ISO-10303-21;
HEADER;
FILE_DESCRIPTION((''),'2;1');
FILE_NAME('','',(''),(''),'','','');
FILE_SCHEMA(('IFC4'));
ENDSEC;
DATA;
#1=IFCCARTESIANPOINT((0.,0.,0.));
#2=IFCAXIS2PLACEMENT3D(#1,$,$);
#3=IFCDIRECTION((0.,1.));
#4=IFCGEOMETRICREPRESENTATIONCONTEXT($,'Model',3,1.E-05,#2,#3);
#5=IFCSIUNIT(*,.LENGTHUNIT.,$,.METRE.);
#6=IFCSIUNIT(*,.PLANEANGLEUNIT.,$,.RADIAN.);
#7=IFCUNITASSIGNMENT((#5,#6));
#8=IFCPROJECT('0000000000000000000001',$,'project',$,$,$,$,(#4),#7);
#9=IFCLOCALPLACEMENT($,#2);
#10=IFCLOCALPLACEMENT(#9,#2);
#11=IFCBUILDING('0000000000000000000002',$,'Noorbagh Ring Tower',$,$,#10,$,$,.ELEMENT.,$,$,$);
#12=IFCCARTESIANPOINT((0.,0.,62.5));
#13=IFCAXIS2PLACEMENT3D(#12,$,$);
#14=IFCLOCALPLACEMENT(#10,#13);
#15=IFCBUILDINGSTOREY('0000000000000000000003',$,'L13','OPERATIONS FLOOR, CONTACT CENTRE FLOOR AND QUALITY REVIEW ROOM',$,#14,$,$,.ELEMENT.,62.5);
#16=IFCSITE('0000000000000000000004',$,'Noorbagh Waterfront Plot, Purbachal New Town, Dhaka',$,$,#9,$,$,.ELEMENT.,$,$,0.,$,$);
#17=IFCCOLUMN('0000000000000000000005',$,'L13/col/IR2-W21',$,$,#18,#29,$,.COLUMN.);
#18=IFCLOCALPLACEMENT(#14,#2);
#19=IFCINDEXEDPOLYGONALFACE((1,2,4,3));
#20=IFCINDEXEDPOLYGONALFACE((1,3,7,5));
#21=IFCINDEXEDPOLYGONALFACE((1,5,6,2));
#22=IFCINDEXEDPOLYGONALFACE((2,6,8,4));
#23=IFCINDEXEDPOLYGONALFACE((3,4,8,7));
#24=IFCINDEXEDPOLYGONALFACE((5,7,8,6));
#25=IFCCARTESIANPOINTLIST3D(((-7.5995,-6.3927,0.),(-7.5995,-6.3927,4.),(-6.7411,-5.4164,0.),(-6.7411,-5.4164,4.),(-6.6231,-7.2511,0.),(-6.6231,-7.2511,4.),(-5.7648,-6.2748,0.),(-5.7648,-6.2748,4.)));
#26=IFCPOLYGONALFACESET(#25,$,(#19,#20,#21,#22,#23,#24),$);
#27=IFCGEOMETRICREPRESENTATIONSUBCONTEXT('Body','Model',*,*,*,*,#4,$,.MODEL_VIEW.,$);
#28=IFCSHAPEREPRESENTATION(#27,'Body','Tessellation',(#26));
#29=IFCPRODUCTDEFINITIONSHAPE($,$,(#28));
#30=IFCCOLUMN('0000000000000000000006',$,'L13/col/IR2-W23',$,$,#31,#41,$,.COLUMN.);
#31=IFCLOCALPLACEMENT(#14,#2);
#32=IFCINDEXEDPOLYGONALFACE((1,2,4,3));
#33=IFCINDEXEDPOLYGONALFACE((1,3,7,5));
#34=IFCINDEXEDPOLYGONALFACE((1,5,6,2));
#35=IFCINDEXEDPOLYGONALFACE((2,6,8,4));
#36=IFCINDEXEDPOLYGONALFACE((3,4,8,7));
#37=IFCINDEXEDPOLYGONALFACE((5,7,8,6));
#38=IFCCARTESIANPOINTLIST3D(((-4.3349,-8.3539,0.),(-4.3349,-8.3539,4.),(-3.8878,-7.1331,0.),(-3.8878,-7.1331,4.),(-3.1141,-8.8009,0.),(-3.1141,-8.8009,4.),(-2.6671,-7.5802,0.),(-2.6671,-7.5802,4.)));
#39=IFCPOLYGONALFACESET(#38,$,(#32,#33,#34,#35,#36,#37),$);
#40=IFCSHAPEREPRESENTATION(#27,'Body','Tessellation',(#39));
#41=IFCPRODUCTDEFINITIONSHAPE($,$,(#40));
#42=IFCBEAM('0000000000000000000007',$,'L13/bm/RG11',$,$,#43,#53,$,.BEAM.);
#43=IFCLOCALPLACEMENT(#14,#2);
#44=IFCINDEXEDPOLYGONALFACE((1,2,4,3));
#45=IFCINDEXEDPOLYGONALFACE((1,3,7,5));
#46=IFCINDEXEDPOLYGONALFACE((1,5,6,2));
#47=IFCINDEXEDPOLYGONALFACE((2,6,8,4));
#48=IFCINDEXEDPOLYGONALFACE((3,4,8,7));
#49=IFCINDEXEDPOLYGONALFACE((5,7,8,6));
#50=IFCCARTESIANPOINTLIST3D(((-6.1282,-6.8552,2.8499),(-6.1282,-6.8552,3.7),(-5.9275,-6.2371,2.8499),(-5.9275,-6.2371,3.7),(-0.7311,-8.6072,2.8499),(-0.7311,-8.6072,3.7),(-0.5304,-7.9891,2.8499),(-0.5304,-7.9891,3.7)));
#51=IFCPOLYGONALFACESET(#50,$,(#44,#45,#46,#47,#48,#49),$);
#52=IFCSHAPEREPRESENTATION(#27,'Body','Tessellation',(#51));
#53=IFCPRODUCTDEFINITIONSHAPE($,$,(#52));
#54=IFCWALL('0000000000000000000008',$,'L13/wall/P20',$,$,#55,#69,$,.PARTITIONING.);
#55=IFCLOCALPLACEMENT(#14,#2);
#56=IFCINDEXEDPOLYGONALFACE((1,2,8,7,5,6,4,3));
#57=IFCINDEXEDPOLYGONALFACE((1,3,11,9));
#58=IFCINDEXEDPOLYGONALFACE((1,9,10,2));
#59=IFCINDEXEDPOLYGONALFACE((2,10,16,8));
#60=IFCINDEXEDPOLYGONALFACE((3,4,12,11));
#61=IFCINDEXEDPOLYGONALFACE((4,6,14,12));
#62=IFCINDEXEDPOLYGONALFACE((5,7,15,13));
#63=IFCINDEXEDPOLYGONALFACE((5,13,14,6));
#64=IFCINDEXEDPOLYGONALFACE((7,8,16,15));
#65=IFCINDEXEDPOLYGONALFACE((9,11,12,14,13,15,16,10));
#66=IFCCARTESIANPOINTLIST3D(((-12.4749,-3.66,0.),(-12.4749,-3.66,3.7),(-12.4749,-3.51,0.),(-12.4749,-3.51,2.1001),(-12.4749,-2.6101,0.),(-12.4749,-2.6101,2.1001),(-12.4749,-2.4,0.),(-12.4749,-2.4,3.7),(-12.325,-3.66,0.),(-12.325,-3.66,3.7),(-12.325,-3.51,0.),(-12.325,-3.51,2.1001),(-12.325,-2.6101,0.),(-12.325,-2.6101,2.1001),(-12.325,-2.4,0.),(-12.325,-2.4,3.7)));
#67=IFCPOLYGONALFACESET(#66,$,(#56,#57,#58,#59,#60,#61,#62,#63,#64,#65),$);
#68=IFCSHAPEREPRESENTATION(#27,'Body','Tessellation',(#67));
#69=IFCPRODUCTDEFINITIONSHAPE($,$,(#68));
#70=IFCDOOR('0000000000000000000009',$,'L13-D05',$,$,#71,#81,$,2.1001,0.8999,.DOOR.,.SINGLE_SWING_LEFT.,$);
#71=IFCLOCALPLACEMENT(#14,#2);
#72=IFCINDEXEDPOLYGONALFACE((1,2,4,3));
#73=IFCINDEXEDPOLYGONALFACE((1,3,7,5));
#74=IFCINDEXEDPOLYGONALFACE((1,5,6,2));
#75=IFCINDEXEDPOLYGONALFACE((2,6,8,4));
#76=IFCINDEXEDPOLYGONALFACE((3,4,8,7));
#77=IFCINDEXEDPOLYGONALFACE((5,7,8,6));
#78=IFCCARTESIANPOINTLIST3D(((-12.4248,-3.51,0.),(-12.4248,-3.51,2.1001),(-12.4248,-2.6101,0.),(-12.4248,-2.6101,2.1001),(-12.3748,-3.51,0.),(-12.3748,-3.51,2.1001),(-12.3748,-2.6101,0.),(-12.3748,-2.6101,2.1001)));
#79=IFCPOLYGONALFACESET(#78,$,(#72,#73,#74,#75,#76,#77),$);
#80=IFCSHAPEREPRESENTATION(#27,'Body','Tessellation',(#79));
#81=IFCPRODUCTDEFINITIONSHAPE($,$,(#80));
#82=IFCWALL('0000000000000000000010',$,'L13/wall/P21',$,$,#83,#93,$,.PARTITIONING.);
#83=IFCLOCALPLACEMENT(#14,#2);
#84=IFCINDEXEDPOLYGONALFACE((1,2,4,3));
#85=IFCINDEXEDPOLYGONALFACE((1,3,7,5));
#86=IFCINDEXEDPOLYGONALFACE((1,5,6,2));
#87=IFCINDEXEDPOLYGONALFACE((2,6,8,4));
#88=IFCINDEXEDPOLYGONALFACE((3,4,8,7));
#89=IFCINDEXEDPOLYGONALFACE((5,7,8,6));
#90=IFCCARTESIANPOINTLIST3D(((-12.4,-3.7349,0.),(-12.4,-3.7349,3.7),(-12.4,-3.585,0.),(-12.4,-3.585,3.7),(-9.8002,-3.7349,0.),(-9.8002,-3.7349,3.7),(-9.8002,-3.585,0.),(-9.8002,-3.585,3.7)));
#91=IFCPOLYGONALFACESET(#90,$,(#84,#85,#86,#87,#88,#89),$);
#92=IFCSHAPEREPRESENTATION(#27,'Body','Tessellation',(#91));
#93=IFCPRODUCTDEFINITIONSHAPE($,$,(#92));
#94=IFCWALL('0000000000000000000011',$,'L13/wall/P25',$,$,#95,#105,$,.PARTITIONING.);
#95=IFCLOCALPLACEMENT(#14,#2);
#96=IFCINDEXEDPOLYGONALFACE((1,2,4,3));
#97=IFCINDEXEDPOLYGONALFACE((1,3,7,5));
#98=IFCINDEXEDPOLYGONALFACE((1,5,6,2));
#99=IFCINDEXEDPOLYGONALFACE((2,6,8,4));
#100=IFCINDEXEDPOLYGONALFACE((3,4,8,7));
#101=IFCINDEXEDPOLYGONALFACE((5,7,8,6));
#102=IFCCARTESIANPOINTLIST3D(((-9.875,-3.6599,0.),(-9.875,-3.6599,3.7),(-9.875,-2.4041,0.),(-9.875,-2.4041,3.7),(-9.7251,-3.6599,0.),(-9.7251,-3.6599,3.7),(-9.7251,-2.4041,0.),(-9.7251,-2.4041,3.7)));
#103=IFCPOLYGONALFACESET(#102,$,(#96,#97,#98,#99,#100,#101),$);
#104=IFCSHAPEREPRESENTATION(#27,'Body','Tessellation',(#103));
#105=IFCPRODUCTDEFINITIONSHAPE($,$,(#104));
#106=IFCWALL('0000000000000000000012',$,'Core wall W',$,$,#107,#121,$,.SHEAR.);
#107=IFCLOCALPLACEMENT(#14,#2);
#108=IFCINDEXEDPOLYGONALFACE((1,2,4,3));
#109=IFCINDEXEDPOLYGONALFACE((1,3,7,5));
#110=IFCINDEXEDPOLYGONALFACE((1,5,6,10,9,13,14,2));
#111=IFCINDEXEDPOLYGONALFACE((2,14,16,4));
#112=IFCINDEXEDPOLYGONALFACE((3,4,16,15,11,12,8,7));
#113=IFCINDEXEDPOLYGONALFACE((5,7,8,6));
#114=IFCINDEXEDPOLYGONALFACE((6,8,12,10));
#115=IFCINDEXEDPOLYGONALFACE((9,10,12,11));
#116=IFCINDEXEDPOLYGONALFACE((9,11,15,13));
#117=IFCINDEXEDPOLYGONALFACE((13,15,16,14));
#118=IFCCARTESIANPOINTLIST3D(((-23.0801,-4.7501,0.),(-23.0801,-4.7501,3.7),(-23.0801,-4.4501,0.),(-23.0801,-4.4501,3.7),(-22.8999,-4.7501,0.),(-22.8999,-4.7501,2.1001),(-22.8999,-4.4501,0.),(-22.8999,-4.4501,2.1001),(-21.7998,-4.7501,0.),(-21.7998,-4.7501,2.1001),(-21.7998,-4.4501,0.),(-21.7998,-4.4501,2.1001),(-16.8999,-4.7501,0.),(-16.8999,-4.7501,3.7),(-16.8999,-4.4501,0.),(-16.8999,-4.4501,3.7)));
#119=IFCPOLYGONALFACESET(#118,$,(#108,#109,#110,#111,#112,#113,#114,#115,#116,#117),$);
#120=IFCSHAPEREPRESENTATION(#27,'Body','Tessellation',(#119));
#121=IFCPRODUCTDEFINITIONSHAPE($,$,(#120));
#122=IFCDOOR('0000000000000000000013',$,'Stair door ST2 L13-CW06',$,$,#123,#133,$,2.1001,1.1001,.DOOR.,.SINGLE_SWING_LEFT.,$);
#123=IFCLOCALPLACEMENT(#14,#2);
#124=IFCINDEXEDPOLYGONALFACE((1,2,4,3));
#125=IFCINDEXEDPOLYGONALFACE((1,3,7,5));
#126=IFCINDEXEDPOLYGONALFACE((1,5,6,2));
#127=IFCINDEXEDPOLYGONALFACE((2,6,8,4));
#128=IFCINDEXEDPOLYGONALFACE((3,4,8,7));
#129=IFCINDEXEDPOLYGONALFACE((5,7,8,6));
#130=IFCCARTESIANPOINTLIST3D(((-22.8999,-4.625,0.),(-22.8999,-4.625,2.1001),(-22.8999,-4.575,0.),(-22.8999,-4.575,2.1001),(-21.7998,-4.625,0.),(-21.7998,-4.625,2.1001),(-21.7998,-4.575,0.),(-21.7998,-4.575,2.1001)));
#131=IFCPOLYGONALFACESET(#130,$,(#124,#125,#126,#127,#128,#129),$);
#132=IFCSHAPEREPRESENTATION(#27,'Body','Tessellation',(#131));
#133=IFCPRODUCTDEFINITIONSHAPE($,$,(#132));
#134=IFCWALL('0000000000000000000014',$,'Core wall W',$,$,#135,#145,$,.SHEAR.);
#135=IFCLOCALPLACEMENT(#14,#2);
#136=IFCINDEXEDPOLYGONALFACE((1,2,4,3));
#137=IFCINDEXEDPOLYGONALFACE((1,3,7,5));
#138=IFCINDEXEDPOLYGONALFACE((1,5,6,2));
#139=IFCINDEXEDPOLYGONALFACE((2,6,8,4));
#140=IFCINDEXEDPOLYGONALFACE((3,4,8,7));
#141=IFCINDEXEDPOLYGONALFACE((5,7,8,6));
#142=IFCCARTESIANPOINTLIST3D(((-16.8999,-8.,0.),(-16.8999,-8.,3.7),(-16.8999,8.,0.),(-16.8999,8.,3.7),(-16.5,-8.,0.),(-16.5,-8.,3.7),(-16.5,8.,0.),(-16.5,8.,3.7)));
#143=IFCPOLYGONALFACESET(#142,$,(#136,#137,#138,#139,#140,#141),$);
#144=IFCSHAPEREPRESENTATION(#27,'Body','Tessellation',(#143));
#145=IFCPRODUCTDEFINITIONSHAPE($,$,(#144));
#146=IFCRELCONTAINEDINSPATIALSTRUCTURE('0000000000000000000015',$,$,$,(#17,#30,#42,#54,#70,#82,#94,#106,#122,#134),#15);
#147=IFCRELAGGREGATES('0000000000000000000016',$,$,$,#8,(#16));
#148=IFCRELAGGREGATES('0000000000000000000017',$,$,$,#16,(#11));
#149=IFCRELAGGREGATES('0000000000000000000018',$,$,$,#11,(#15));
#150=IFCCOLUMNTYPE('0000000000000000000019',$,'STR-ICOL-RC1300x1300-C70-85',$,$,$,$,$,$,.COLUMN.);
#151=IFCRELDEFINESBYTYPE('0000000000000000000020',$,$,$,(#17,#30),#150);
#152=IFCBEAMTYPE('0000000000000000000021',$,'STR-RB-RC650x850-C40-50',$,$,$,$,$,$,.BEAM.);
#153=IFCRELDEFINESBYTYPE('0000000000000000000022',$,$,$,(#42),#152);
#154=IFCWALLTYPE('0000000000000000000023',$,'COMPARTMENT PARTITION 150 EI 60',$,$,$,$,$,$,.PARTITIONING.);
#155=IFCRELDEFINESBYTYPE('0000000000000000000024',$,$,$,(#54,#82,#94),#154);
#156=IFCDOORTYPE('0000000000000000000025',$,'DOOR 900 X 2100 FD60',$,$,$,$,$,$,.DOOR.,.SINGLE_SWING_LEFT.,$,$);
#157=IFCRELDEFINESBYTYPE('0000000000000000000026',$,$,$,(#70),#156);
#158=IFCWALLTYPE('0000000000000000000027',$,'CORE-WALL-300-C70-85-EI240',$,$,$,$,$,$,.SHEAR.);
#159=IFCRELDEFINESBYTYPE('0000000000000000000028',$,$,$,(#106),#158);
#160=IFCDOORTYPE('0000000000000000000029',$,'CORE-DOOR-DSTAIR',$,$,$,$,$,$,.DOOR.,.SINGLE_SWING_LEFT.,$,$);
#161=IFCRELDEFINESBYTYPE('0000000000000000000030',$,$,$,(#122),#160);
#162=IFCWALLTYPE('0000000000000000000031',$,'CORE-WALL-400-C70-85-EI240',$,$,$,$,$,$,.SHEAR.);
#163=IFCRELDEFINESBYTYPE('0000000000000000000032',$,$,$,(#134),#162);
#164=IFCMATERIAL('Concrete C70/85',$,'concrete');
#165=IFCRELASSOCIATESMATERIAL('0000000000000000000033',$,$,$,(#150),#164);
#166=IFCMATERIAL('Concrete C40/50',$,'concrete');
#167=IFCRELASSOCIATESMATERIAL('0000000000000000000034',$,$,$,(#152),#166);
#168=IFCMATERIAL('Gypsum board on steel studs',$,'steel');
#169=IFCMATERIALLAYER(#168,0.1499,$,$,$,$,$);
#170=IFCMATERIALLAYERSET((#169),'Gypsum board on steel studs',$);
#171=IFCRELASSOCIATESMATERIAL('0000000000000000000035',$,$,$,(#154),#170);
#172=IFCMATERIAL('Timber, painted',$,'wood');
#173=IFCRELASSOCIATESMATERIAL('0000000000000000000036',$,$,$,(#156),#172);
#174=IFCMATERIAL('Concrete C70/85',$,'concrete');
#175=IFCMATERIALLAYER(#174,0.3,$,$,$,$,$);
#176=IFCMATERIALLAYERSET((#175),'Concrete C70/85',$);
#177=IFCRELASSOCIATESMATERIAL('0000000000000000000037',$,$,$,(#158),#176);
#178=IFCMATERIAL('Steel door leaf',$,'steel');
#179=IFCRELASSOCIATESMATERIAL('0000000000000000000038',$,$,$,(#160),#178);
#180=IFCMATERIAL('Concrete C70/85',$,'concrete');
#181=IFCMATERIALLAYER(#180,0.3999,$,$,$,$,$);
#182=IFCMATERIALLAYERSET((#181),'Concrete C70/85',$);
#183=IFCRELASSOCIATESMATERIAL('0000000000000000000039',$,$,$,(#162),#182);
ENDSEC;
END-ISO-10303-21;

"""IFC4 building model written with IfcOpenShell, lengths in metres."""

from ifc_helpers import new_model, si_unit, direction, frame, frame_2d, origin, origin_2d, place, context, subcontext, project, spatial, rectangle, extrude, material, layer, layer_set, material_profile, profile_set, type_object, element, fill, save


model = new_model("IFC4")

# Units and contexts
model_context = context("Model", 3, precision=1e-05, world=origin(), true_north=direction((0.0, 1.0)))
body_context = subcontext(model_context, "Body", "Model", "MODEL_VIEW")
ifc_project = project(units=[si_unit("LENGTHUNIT", "METRE"), si_unit("PLANEANGLEUNIT", "RADIAN")], contexts=[model_context])

# Site, building, storey
site_placement = place(None, origin())
site = spatial("IfcSite", under=ifc_project, at=site_placement, Name="Noorbagh Waterfront Plot, Purbachal New Town, Dhaka", CompositionType="ELEMENT", RefElevation=0.0)
building_placement = place(site_placement, origin())
building = spatial("IfcBuilding", under=site, at=building_placement, Name="Noorbagh Ring Tower", CompositionType="ELEMENT")
storey_placement = place(building_placement, frame((0.0, 0.0, 62.5)))
storey = spatial("IfcBuildingStorey", under=building, at=storey_placement, Name="L13", Description="OPERATIONS FLOOR, CONTACT CENTRE FLOOR AND QUALITY REVIEW ROOM", CompositionType="ELEMENT", Elevation=62.5)

# Columns
ifc_material_1 = material(Name="Concrete C70/85", Category="concrete")
ifc_material_profile_1 = material_profile(ifc_material_1, rectangle(XDim=1.3, YDim=1.3, at=origin_2d()), Name="RC1300x1300")
ifc_profile_set_1 = profile_set([ifc_material_profile_1], Name="Concrete C70/85")
column_type = type_object("IfcColumnType", Name="STR-ICOL-RC1300x1300-C70-85", PredefinedType="COLUMN", material=ifc_profile_set_1)
for number, where, z_axis, x_axis, name in (
    (1, (-6.6821, -6.3337, 0.0), (0.0, 0.0, 1.0), (0.751022, -0.660277, 0.0), "L13/col/IR2-W21"),
    (2, (-3.501, -7.967, 0.0), (0.0, 0.0, 1.0), (0.93902, -0.343864, 0.0), "L13/col/IR2-W23"),
):
    element("IfcColumn", number, at=place(storey_placement, frame(where, z_axis=z_axis, x_axis=x_axis)), inside=storey, type_object=column_type, Name=name, PredefinedType="COLUMN", context=body_context, shape_type="SweptSolid", body=[
        extrude(rectangle(XDim=1.3, YDim=1.3, at=origin_2d()), origin(), (0.0, 0.0, 1.0), 4.0),
    ])

# Beam
ifc_material_2 = material(Name="Concrete C40/50", Category="concrete")
ifc_material_profile_2 = material_profile(ifc_material_2, rectangle(XDim=0.6499, YDim=0.8501, at=origin_2d()), Name="RC650x850")
ifc_profile_set_2 = profile_set([ifc_material_profile_2], Name="Concrete C40/50")
beam_type = type_object("IfcBeamType", Name="STR-RB-RC650x850-C40-50", PredefinedType="BEAM", material=ifc_profile_set_2)
beam_placement = place(storey_placement, frame((-6.0278, -6.5461, 3.2749), z_axis=(0.951141, -0.308757, 0.0), x_axis=(0.308757, 0.951141, 0.0)))
element("IfcBeam", 3, at=beam_placement, inside=storey, type_object=beam_type, Name="L13/bm/RG11", PredefinedType="BEAM", context=body_context, shape_type="SweptSolid", body=[
    extrude(rectangle(XDim=0.6499, YDim=0.8501, at=origin_2d()), origin(), (0.0, 0.0, 1.0), 5.6743),
])

# Wall, opening, door
ifc_material_3 = material(Name="Gypsum board on steel studs", Category="steel")
ifc_layer_1 = layer(ifc_material_3, 0.1499)
ifc_layer_set_1 = layer_set([ifc_layer_1], Name="Gypsum board on steel studs")
wall_type_1 = type_object("IfcWallType", Name="COMPARTMENT PARTITION 150 EI 60", PredefinedType="PARTITIONING", material=ifc_layer_set_1)
wall_1_placement = place(storey_placement, frame((-12.3999, -3.6599, 0.0), z_axis=(0.0, 0.0, 1.0), x_axis=(0.0, 1.0, 0.0)))
wall_1 = element("IfcWall", 4, at=wall_1_placement, inside=storey, type_object=wall_type_1, Name="L13/wall/P20", PredefinedType="PARTITIONING", context=body_context, shape_type="SweptSolid", body=[
    extrude(rectangle(XDim=1.26, YDim=0.1499, at=frame_2d((0.6299, 0.0))), origin(), (0.0, 0.0, 1.0), 3.7),
])
opening_1_placement = place(wall_1_placement, frame((0.1499, 0.0, 0.0)))
opening_1 = element("IfcOpeningElement", 5, at=opening_1_placement, cuts=wall_1, PredefinedType="OPENING", context=body_context, shape_type="SweptSolid", body=[
    extrude(rectangle(XDim=0.8999, YDim=2.1001, at=frame_2d((0.45, 1.05))), frame((0.0, 0.085, 0.0), z_axis=(0.0, -1.0, 0.0), x_axis=(1.0, 0.0, 0.0)), (0.0, 0.0, 1.0), 0.1699),
])
ifc_material_4 = material(Name="Timber, painted", Category="wood")
door_type_1 = type_object("IfcDoorType", Name="DOOR 900 X 2100 FD60", OperationType="SINGLE_SWING_LEFT", PredefinedType="DOOR", material=ifc_material_4)
door_1_placement = place(opening_1_placement, origin())
door_1 = element("IfcDoor", 6, at=door_1_placement, inside=storey, type_object=door_type_1, Name="L13-D05", OperationType="SINGLE_SWING_LEFT", OverallHeight=2.1001, OverallWidth=0.8999, PredefinedType="DOOR", context=body_context, shape_type="SweptSolid", body=[
    extrude(rectangle(XDim=0.8999, YDim=2.1001, at=frame_2d((0.45, 1.05))), frame((0.0, 0.0249, 0.0), z_axis=(0.0, -1.0, 0.0), x_axis=(1.0, 0.0, 0.0)), (0.0, 0.0, 1.0), 0.05),
])
fill(opening_1, door_1)

# Walls
wall_2_placement = place(storey_placement, frame((-12.3999, -3.6599, 0.0), z_axis=(0.0, 0.0, 1.0), x_axis=(1.0, 0.0, 0.0)))
element("IfcWall", 7, at=wall_2_placement, inside=storey, type_object=wall_type_1, Name="L13/wall/P21", PredefinedType="PARTITIONING", context=body_context, shape_type="SweptSolid", body=[
    extrude(rectangle(XDim=2.5999, YDim=0.1499, at=frame_2d((1.2998, 0.0))), origin(), (0.0, 0.0, 1.0), 3.7),
])
wall_3_placement = place(storey_placement, frame((-9.8, -3.6599, 0.0), z_axis=(0.0, 0.0, 1.0), x_axis=(0.0, 1.0, 0.0)))
element("IfcWall", 8, at=wall_3_placement, inside=storey, type_object=wall_type_1, Name="L13/wall/P25", PredefinedType="PARTITIONING", context=body_context, shape_type="SweptSolid", body=[
    extrude(rectangle(XDim=1.2559, YDim=0.1499, at=frame_2d((0.6279, 0.0))), origin(), (0.0, 0.0, 1.0), 3.7),
])

# Wall, opening, door
ifc_material_5 = material(Name="Concrete C70/85", Category="concrete")
ifc_layer_2 = layer(ifc_material_5, 0.3)
ifc_layer_set_2 = layer_set([ifc_layer_2], Name="Concrete C70/85")
wall_type_2 = type_object("IfcWallType", Name="CORE-WALL-300-C70-85-EI240", PredefinedType="SHEAR", material=ifc_layer_set_2)
wall_4_placement = place(storey_placement, frame((-16.8999, -4.6001, 0.0), z_axis=(0.0, 0.0, 1.0), x_axis=(-1.0, 0.0, 0.0)))
wall_4 = element("IfcWall", 9, at=wall_4_placement, inside=storey, type_object=wall_type_2, Name="Core wall W", PredefinedType="SHEAR", context=body_context, shape_type="SweptSolid", body=[
    extrude(rectangle(XDim=6.1802, YDim=0.3, at=frame_2d((3.0901, 0.0))), origin(), (0.0, 0.0, 1.0), 3.7),
])
opening_2_placement = place(wall_4_placement, frame((4.8999, 0.0, 0.0)))
opening_2 = element("IfcOpeningElement", 10, at=opening_2_placement, cuts=wall_4, PredefinedType="OPENING", context=body_context, shape_type="SweptSolid", body=[
    extrude(rectangle(XDim=1.1001, YDim=2.1001, at=frame_2d((0.55, 1.05))), frame((0.0, 0.1602, 0.0), z_axis=(0.0, -1.0, 0.0), x_axis=(1.0, 0.0, 0.0)), (0.0, 0.0, 1.0), 0.3201),
])
ifc_material_6 = material(Name="Steel door leaf", Category="steel")
door_type_2 = type_object("IfcDoorType", Name="CORE-DOOR-DSTAIR", OperationType="SINGLE_SWING_LEFT", PredefinedType="DOOR", material=ifc_material_6)
door_2_placement = place(opening_2_placement, origin())
door_2 = element("IfcDoor", 11, at=door_2_placement, inside=storey, type_object=door_type_2, Name="Stair door ST2 L13-CW06", OperationType="SINGLE_SWING_LEFT", OverallHeight=2.1001, OverallWidth=1.1001, PredefinedType="DOOR", context=body_context, shape_type="SweptSolid", body=[
    extrude(rectangle(XDim=1.1001, YDim=2.1001, at=frame_2d((0.55, 1.05))), frame((0.0, 0.0249, 0.0), z_axis=(0.0, -1.0, 0.0), x_axis=(1.0, 0.0, 0.0)), (0.0, 0.0, 1.0), 0.05),
])
fill(opening_2, door_2)

# Wall
ifc_material_7 = material(Name="Concrete C70/85", Category="concrete")
ifc_layer_3 = layer(ifc_material_7, 0.3999)
ifc_layer_set_3 = layer_set([ifc_layer_3], Name="Concrete C70/85")
wall_type_3 = type_object("IfcWallType", Name="CORE-WALL-400-C70-85-EI240", PredefinedType="SHEAR", material=ifc_layer_set_3)
wall_5_placement = place(storey_placement, frame((-16.7, -8.0, 0.0), z_axis=(0.0, 0.0, 1.0), x_axis=(0.0, 1.0, 0.0)))
element("IfcWall", 12, at=wall_5_placement, inside=storey, type_object=wall_type_3, Name="Core wall W", PredefinedType="SHEAR", context=body_context, shape_type="SweptSolid", body=[
    extrude(rectangle(XDim=16.0, YDim=0.3999, at=frame_2d((8.0, 0.0))), origin(), (0.0, 0.0, 1.0), 3.7),
])

save(model, "model.ifc")
